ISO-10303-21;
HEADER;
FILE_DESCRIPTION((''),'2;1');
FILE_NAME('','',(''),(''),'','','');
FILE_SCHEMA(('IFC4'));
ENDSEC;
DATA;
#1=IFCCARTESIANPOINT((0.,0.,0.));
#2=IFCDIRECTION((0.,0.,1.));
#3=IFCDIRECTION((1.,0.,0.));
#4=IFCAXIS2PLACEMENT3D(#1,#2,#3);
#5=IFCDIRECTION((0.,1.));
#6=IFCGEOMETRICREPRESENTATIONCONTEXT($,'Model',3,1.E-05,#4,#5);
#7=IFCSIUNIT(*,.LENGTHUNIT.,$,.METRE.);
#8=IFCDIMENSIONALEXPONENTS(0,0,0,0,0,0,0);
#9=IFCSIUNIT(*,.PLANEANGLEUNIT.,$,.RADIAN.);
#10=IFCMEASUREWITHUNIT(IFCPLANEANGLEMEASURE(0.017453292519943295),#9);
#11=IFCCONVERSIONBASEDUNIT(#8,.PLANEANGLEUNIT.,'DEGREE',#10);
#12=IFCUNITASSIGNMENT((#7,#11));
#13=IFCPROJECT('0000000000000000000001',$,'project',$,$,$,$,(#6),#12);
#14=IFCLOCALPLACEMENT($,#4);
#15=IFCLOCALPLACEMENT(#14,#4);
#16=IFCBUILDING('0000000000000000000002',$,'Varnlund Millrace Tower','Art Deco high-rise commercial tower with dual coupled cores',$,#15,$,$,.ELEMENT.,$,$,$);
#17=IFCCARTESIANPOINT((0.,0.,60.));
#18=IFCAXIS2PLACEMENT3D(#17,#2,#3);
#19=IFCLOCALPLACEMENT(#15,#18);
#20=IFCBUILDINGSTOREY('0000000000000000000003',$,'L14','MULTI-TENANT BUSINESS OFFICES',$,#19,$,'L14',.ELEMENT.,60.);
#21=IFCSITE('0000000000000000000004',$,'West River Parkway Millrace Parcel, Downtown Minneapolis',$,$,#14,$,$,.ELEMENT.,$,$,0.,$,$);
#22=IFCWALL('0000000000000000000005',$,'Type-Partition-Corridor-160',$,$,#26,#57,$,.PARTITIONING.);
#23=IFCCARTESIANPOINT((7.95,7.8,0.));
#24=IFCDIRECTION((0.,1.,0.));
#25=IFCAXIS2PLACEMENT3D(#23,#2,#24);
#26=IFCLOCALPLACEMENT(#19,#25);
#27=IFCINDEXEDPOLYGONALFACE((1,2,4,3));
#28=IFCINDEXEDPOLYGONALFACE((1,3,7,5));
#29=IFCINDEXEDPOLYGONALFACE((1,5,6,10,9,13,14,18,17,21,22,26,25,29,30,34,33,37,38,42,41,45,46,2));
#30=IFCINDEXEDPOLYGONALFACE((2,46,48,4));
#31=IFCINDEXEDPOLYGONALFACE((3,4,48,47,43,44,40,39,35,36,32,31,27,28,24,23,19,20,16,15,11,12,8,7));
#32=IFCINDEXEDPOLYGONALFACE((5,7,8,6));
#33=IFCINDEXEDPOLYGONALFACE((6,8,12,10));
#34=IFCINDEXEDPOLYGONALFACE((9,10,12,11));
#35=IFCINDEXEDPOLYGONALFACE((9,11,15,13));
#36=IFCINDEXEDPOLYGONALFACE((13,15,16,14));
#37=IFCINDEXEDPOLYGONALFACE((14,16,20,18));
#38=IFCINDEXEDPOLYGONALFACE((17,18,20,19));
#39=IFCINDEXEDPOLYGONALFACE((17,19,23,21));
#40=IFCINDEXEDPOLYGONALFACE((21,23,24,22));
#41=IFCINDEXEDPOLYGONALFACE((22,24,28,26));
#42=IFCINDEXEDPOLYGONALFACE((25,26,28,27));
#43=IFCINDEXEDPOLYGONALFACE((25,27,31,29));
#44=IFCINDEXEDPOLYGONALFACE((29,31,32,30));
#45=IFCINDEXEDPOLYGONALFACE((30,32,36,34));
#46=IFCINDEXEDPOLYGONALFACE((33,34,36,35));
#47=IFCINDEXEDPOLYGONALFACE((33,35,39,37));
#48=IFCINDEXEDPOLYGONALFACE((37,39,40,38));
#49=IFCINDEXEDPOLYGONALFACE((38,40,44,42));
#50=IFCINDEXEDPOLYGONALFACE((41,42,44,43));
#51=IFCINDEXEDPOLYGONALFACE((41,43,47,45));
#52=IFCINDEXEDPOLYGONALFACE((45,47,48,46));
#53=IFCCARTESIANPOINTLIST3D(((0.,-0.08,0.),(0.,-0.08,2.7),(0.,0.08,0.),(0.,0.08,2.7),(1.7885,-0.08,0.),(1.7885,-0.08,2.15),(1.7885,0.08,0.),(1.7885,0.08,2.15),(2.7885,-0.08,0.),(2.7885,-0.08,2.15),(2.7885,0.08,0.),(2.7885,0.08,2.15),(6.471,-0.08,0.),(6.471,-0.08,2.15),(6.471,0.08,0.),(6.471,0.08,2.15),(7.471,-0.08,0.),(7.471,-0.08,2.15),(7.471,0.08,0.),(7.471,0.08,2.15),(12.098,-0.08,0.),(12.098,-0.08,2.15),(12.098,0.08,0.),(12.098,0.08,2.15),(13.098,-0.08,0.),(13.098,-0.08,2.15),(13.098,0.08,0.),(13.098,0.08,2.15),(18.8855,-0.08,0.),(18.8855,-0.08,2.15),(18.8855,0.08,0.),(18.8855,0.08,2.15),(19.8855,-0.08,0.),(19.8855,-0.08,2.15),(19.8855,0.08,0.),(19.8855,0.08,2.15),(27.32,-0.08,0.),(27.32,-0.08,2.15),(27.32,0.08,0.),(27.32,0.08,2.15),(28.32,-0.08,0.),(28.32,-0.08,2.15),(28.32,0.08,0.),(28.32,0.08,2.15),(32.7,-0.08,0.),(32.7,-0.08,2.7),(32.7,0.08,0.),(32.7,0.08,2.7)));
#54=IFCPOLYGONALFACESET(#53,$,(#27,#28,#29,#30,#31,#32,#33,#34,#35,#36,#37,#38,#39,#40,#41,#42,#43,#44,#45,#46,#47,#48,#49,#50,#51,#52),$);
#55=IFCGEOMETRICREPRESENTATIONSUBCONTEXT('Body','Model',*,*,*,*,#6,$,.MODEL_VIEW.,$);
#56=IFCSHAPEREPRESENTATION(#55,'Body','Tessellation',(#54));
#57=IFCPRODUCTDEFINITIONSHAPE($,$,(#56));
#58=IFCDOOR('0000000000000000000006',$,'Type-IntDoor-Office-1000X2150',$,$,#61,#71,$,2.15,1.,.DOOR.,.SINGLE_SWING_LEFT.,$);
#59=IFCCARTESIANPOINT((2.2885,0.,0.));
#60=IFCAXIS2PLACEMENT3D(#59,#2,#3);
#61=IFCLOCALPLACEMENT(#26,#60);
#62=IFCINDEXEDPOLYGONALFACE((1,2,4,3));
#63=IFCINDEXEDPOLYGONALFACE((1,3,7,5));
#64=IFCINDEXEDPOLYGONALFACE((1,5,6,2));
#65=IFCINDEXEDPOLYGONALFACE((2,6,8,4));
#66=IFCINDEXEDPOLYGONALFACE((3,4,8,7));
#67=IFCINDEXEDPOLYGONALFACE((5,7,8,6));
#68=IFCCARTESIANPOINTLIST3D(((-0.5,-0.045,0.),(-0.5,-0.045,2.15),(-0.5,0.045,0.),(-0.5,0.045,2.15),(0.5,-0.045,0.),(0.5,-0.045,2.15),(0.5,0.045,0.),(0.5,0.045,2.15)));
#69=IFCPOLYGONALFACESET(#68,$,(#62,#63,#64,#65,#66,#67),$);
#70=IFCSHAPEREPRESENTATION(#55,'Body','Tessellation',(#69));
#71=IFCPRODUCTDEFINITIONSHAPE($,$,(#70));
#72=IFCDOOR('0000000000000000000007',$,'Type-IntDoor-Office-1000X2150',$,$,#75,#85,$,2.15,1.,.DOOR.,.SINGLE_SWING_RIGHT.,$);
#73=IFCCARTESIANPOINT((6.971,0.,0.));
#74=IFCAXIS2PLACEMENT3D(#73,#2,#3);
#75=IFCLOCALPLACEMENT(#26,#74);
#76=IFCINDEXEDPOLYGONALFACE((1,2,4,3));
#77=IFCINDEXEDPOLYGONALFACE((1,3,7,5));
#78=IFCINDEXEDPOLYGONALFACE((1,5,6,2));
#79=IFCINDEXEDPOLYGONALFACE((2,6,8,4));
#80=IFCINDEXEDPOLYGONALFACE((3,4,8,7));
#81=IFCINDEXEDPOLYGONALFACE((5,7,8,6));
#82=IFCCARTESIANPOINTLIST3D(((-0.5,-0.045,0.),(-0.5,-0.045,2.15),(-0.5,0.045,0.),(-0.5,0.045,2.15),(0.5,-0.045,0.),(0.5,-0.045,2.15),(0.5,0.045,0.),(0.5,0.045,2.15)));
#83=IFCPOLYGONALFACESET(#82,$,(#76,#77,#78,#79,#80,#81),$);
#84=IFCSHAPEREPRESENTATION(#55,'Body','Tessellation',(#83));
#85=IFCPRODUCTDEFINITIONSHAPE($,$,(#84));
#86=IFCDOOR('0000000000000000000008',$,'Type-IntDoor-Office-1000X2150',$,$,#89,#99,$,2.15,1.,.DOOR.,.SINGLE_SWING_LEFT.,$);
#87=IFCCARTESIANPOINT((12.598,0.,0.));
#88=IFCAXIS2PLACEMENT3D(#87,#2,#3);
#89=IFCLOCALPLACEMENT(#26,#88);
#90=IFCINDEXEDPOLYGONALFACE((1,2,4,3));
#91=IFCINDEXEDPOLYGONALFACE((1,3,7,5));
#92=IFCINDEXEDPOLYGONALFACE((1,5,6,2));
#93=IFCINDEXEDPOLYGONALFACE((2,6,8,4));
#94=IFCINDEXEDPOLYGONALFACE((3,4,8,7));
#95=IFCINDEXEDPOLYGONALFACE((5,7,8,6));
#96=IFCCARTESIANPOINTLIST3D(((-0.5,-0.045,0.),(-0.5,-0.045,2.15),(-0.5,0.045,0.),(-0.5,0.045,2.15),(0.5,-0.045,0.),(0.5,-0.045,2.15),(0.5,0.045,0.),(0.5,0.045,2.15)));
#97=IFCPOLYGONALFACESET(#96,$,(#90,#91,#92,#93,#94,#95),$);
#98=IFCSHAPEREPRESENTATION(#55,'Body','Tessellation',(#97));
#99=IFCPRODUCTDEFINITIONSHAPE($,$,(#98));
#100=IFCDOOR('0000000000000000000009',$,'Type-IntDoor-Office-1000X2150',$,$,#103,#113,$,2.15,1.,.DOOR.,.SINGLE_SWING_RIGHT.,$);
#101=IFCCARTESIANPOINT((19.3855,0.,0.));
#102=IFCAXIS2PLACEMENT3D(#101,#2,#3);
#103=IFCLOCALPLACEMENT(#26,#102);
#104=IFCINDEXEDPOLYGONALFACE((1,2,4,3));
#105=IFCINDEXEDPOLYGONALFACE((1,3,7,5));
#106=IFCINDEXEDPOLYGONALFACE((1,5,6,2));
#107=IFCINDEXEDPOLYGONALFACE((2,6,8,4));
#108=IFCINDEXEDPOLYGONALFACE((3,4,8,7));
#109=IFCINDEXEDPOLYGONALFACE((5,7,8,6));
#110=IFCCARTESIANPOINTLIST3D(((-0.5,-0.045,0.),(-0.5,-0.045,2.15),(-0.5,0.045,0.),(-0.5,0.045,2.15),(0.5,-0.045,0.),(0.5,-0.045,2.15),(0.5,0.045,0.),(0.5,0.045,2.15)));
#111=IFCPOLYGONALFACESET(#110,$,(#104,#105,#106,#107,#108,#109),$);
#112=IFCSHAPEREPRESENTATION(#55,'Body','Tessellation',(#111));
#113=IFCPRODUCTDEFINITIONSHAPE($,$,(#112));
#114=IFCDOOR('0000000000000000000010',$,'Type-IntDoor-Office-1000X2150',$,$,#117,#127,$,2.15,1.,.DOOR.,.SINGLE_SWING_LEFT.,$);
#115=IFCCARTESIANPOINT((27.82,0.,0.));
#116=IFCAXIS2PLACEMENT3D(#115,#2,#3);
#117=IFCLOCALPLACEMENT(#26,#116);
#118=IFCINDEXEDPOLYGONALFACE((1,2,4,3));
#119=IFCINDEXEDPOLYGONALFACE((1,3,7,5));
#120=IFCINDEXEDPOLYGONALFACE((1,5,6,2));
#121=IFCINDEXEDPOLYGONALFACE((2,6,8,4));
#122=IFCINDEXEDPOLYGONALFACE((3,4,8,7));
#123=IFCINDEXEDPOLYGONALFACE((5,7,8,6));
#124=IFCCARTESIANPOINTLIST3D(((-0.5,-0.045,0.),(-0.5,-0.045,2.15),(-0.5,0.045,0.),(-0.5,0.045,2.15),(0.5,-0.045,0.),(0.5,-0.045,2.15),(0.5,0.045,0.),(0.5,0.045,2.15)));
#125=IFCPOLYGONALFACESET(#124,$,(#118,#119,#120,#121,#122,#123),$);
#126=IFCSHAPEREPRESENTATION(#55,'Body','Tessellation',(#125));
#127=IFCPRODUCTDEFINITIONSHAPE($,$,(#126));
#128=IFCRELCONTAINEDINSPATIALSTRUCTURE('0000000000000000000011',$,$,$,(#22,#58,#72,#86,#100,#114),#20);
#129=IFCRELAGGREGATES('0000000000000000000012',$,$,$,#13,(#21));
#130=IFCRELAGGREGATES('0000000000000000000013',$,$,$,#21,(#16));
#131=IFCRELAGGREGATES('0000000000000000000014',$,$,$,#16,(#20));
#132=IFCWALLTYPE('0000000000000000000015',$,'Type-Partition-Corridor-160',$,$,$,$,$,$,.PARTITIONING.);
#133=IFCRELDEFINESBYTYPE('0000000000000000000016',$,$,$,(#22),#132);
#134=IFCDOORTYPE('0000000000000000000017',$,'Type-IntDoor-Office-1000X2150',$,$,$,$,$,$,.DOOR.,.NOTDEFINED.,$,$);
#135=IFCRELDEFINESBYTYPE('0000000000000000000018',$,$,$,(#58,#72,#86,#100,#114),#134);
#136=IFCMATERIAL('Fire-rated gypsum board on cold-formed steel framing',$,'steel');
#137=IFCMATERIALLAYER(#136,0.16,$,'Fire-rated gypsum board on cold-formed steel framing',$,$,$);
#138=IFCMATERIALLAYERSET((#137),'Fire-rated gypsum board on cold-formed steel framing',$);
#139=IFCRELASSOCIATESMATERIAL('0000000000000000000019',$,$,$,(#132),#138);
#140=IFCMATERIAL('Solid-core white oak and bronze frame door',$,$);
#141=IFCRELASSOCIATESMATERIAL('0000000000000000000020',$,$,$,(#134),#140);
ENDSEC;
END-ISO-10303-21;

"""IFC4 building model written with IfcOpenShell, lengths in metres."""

from ifc_helpers import new_model, entity, si_unit, converted_unit, direction, frame, origin_with_axes, origin_2d_with_axis, place, context, subcontext, project, spatial, polyline, rectangle, outline, extrude, material, layer, layer_set, type_object, element, fill, save


model = new_model("IFC4")

# Units and contexts
model_context = context("Model", 3, precision=1e-05, world=origin_with_axes(), true_north=direction((0.0, 1.0)))
body_context = subcontext(model_context, "Body", "Model", "MODEL_VIEW")
ifc_project = project(units=[si_unit("LENGTHUNIT", "METRE"), converted_unit("PLANEANGLEUNIT", "DEGREE", entity("IfcPlaneAngleMeasure", 0.017453292519943295), si_unit("PLANEANGLEUNIT", "RADIAN"), dimensions=[0, 0, 0, 0, 0, 0, 0])], contexts=[model_context])

# Site, building, storey
site_placement = place(None, origin_with_axes())
site = spatial("IfcSite", under=ifc_project, at=site_placement, Name="West River Parkway Millrace Parcel, Downtown Minneapolis", CompositionType="ELEMENT", RefElevation=0.0)
building_placement = place(site_placement, origin_with_axes())
building = spatial("IfcBuilding", under=site, at=building_placement, Name="Varnlund Millrace Tower", Description="Art Deco high-rise commercial tower with dual coupled cores", CompositionType="ELEMENT")
storey_placement = place(building_placement, frame((0.0, 0.0, 60.0), z_axis=(0.0, 0.0, 1.0), x_axis=(1.0, 0.0, 0.0)))
storey = spatial("IfcBuildingStorey", under=building, at=storey_placement, Name="L14", Description="MULTI-TENANT BUSINESS OFFICES", LongName="L14", CompositionType="ELEMENT", Elevation=60.0)

# Wall, openings, doors
ifc_material_1 = material(Name="Fire-rated gypsum board on cold-formed steel framing", Category="steel")
ifc_layer_1 = layer(ifc_material_1, 0.16, Name="Fire-rated gypsum board on cold-formed steel framing")
ifc_layer_set_1 = layer_set([ifc_layer_1], Name="Fire-rated gypsum board on cold-formed steel framing")
wall_type_1 = type_object("IfcWallType", Name="Type-Partition-Corridor-160", PredefinedType="PARTITIONING", material=ifc_layer_set_1)
ifc_material_2 = material(Name="Solid-core white oak and bronze frame door")
door_type_1 = type_object("IfcDoorType", Name="Type-IntDoor-Office-1000X2150", OperationType="NOTDEFINED", PredefinedType="DOOR", material=ifc_material_2)
wall_1_placement = place(storey_placement, frame((7.95, 7.8, 0.0), z_axis=(0.0, 0.0, 1.0), x_axis=(0.0, 1.0, 0.0)))
wall_1 = element("IfcWall", 1, at=wall_1_placement, inside=storey, type_object=wall_type_1, Name="Type-Partition-Corridor-160", PredefinedType="PARTITIONING", context=body_context, shape_type="SweptSolid", body=[
    extrude(outline(polyline([(0.0, -0.08), (32.7, -0.08), (32.7, 0.08), (0.0, 0.08), (0.0, -0.08)])), origin_with_axes(), (0.0, 0.0, 1.0), 2.7),
])
opening_1_placement = place(wall_1_placement, frame((2.2885, 0.0, 0.0), z_axis=(0.0, 0.0, 1.0), x_axis=(1.0, 0.0, 0.0)))
opening_1 = element("IfcOpeningElement", 2, at=opening_1_placement, cuts=wall_1, PredefinedType="OPENING", context=body_context, shape_type="SweptSolid", body=[
    extrude(rectangle(XDim=1.0, YDim=0.18, at=origin_2d_with_axis()), origin_with_axes(), (0.0, 0.0, 1.0), 2.15),
])
opening_2_placement = place(wall_1_placement, frame((6.971, 0.0, 0.0), z_axis=(0.0, 0.0, 1.0), x_axis=(1.0, 0.0, 0.0)))
opening_2 = element("IfcOpeningElement", 3, at=opening_2_placement, cuts=wall_1, PredefinedType="OPENING", context=body_context, shape_type="SweptSolid", body=[
    extrude(rectangle(XDim=1.0, YDim=0.18, at=origin_2d_with_axis()), origin_with_axes(), (0.0, 0.0, 1.0), 2.15),
])
opening_3_placement = place(wall_1_placement, frame((12.598, 0.0, 0.0), z_axis=(0.0, 0.0, 1.0), x_axis=(1.0, 0.0, 0.0)))
opening_3 = element("IfcOpeningElement", 4, at=opening_3_placement, cuts=wall_1, PredefinedType="OPENING", context=body_context, shape_type="SweptSolid", body=[
    extrude(rectangle(XDim=1.0, YDim=0.18, at=origin_2d_with_axis()), origin_with_axes(), (0.0, 0.0, 1.0), 2.15),
])
opening_4_placement = place(wall_1_placement, frame((19.3855, 0.0, 0.0), z_axis=(0.0, 0.0, 1.0), x_axis=(1.0, 0.0, 0.0)))
opening_4 = element("IfcOpeningElement", 5, at=opening_4_placement, cuts=wall_1, PredefinedType="OPENING", context=body_context, shape_type="SweptSolid", body=[
    extrude(rectangle(XDim=1.0, YDim=0.18, at=origin_2d_with_axis()), origin_with_axes(), (0.0, 0.0, 1.0), 2.15),
])
opening_5_placement = place(wall_1_placement, frame((27.82, 0.0, 0.0), z_axis=(0.0, 0.0, 1.0), x_axis=(1.0, 0.0, 0.0)))
opening_5 = element("IfcOpeningElement", 6, at=opening_5_placement, cuts=wall_1, PredefinedType="OPENING", context=body_context, shape_type="SweptSolid", body=[
    extrude(rectangle(XDim=1.0, YDim=0.18, at=origin_2d_with_axis()), origin_with_axes(), (0.0, 0.0, 1.0), 2.15),
])
door_1_placement = place(wall_1_placement, frame((2.2885, 0.0, 0.0), z_axis=(0.0, 0.0, 1.0), x_axis=(1.0, 0.0, 0.0)))
door_1 = element("IfcDoor", 7, at=door_1_placement, inside=storey, type_object=door_type_1, Name="Type-IntDoor-Office-1000X2150", OperationType="SINGLE_SWING_LEFT", OverallHeight=2.15, OverallWidth=1.0, PredefinedType="DOOR", context=body_context, shape_type="SweptSolid", body=[
    extrude(rectangle(XDim=1.0, YDim=0.09, at=origin_2d_with_axis()), origin_with_axes(), (0.0, 0.0, 1.0), 2.15),
])
fill(opening_1, door_1)
door_2_placement = place(wall_1_placement, frame((6.971, 0.0, 0.0), z_axis=(0.0, 0.0, 1.0), x_axis=(1.0, 0.0, 0.0)))
door_2 = element("IfcDoor", 8, at=door_2_placement, inside=storey, type_object=door_type_1, Name="Type-IntDoor-Office-1000X2150", OperationType="SINGLE_SWING_RIGHT", OverallHeight=2.15, OverallWidth=1.0, PredefinedType="DOOR", context=body_context, shape_type="SweptSolid", body=[
    extrude(rectangle(XDim=1.0, YDim=0.09, at=origin_2d_with_axis()), origin_with_axes(), (0.0, 0.0, 1.0), 2.15),
])
fill(opening_2, door_2)
door_3_placement = place(wall_1_placement, frame((12.598, 0.0, 0.0), z_axis=(0.0, 0.0, 1.0), x_axis=(1.0, 0.0, 0.0)))
door_3 = element("IfcDoor", 9, at=door_3_placement, inside=storey, type_object=door_type_1, Name="Type-IntDoor-Office-1000X2150", OperationType="SINGLE_SWING_LEFT", OverallHeight=2.15, OverallWidth=1.0, PredefinedType="DOOR", context=body_context, shape_type="SweptSolid", body=[
    extrude(rectangle(XDim=1.0, YDim=0.09, at=origin_2d_with_axis()), origin_with_axes(), (0.0, 0.0, 1.0), 2.15),
])
fill(opening_3, door_3)
door_4_placement = place(wall_1_placement, frame((19.3855, 0.0, 0.0), z_axis=(0.0, 0.0, 1.0), x_axis=(1.0, 0.0, 0.0)))
door_4 = element("IfcDoor", 10, at=door_4_placement, inside=storey, type_object=door_type_1, Name="Type-IntDoor-Office-1000X2150", OperationType="SINGLE_SWING_RIGHT", OverallHeight=2.15, OverallWidth=1.0, PredefinedType="DOOR", context=body_context, shape_type="SweptSolid", body=[
    extrude(rectangle(XDim=1.0, YDim=0.09, at=origin_2d_with_axis()), origin_with_axes(), (0.0, 0.0, 1.0), 2.15),
])
fill(opening_4, door_4)
door_5_placement = place(wall_1_placement, frame((27.82, 0.0, 0.0), z_axis=(0.0, 0.0, 1.0), x_axis=(1.0, 0.0, 0.0)))
door_5 = element("IfcDoor", 11, at=door_5_placement, inside=storey, type_object=door_type_1, Name="Type-IntDoor-Office-1000X2150", OperationType="SINGLE_SWING_LEFT", OverallHeight=2.15, OverallWidth=1.0, PredefinedType="DOOR", context=body_context, shape_type="SweptSolid", body=[
    extrude(rectangle(XDim=1.0, YDim=0.09, at=origin_2d_with_axis()), origin_with_axes(), (0.0, 0.0, 1.0), 2.15),
])
fill(opening_5, door_5)

save(model, "model.ifc")
